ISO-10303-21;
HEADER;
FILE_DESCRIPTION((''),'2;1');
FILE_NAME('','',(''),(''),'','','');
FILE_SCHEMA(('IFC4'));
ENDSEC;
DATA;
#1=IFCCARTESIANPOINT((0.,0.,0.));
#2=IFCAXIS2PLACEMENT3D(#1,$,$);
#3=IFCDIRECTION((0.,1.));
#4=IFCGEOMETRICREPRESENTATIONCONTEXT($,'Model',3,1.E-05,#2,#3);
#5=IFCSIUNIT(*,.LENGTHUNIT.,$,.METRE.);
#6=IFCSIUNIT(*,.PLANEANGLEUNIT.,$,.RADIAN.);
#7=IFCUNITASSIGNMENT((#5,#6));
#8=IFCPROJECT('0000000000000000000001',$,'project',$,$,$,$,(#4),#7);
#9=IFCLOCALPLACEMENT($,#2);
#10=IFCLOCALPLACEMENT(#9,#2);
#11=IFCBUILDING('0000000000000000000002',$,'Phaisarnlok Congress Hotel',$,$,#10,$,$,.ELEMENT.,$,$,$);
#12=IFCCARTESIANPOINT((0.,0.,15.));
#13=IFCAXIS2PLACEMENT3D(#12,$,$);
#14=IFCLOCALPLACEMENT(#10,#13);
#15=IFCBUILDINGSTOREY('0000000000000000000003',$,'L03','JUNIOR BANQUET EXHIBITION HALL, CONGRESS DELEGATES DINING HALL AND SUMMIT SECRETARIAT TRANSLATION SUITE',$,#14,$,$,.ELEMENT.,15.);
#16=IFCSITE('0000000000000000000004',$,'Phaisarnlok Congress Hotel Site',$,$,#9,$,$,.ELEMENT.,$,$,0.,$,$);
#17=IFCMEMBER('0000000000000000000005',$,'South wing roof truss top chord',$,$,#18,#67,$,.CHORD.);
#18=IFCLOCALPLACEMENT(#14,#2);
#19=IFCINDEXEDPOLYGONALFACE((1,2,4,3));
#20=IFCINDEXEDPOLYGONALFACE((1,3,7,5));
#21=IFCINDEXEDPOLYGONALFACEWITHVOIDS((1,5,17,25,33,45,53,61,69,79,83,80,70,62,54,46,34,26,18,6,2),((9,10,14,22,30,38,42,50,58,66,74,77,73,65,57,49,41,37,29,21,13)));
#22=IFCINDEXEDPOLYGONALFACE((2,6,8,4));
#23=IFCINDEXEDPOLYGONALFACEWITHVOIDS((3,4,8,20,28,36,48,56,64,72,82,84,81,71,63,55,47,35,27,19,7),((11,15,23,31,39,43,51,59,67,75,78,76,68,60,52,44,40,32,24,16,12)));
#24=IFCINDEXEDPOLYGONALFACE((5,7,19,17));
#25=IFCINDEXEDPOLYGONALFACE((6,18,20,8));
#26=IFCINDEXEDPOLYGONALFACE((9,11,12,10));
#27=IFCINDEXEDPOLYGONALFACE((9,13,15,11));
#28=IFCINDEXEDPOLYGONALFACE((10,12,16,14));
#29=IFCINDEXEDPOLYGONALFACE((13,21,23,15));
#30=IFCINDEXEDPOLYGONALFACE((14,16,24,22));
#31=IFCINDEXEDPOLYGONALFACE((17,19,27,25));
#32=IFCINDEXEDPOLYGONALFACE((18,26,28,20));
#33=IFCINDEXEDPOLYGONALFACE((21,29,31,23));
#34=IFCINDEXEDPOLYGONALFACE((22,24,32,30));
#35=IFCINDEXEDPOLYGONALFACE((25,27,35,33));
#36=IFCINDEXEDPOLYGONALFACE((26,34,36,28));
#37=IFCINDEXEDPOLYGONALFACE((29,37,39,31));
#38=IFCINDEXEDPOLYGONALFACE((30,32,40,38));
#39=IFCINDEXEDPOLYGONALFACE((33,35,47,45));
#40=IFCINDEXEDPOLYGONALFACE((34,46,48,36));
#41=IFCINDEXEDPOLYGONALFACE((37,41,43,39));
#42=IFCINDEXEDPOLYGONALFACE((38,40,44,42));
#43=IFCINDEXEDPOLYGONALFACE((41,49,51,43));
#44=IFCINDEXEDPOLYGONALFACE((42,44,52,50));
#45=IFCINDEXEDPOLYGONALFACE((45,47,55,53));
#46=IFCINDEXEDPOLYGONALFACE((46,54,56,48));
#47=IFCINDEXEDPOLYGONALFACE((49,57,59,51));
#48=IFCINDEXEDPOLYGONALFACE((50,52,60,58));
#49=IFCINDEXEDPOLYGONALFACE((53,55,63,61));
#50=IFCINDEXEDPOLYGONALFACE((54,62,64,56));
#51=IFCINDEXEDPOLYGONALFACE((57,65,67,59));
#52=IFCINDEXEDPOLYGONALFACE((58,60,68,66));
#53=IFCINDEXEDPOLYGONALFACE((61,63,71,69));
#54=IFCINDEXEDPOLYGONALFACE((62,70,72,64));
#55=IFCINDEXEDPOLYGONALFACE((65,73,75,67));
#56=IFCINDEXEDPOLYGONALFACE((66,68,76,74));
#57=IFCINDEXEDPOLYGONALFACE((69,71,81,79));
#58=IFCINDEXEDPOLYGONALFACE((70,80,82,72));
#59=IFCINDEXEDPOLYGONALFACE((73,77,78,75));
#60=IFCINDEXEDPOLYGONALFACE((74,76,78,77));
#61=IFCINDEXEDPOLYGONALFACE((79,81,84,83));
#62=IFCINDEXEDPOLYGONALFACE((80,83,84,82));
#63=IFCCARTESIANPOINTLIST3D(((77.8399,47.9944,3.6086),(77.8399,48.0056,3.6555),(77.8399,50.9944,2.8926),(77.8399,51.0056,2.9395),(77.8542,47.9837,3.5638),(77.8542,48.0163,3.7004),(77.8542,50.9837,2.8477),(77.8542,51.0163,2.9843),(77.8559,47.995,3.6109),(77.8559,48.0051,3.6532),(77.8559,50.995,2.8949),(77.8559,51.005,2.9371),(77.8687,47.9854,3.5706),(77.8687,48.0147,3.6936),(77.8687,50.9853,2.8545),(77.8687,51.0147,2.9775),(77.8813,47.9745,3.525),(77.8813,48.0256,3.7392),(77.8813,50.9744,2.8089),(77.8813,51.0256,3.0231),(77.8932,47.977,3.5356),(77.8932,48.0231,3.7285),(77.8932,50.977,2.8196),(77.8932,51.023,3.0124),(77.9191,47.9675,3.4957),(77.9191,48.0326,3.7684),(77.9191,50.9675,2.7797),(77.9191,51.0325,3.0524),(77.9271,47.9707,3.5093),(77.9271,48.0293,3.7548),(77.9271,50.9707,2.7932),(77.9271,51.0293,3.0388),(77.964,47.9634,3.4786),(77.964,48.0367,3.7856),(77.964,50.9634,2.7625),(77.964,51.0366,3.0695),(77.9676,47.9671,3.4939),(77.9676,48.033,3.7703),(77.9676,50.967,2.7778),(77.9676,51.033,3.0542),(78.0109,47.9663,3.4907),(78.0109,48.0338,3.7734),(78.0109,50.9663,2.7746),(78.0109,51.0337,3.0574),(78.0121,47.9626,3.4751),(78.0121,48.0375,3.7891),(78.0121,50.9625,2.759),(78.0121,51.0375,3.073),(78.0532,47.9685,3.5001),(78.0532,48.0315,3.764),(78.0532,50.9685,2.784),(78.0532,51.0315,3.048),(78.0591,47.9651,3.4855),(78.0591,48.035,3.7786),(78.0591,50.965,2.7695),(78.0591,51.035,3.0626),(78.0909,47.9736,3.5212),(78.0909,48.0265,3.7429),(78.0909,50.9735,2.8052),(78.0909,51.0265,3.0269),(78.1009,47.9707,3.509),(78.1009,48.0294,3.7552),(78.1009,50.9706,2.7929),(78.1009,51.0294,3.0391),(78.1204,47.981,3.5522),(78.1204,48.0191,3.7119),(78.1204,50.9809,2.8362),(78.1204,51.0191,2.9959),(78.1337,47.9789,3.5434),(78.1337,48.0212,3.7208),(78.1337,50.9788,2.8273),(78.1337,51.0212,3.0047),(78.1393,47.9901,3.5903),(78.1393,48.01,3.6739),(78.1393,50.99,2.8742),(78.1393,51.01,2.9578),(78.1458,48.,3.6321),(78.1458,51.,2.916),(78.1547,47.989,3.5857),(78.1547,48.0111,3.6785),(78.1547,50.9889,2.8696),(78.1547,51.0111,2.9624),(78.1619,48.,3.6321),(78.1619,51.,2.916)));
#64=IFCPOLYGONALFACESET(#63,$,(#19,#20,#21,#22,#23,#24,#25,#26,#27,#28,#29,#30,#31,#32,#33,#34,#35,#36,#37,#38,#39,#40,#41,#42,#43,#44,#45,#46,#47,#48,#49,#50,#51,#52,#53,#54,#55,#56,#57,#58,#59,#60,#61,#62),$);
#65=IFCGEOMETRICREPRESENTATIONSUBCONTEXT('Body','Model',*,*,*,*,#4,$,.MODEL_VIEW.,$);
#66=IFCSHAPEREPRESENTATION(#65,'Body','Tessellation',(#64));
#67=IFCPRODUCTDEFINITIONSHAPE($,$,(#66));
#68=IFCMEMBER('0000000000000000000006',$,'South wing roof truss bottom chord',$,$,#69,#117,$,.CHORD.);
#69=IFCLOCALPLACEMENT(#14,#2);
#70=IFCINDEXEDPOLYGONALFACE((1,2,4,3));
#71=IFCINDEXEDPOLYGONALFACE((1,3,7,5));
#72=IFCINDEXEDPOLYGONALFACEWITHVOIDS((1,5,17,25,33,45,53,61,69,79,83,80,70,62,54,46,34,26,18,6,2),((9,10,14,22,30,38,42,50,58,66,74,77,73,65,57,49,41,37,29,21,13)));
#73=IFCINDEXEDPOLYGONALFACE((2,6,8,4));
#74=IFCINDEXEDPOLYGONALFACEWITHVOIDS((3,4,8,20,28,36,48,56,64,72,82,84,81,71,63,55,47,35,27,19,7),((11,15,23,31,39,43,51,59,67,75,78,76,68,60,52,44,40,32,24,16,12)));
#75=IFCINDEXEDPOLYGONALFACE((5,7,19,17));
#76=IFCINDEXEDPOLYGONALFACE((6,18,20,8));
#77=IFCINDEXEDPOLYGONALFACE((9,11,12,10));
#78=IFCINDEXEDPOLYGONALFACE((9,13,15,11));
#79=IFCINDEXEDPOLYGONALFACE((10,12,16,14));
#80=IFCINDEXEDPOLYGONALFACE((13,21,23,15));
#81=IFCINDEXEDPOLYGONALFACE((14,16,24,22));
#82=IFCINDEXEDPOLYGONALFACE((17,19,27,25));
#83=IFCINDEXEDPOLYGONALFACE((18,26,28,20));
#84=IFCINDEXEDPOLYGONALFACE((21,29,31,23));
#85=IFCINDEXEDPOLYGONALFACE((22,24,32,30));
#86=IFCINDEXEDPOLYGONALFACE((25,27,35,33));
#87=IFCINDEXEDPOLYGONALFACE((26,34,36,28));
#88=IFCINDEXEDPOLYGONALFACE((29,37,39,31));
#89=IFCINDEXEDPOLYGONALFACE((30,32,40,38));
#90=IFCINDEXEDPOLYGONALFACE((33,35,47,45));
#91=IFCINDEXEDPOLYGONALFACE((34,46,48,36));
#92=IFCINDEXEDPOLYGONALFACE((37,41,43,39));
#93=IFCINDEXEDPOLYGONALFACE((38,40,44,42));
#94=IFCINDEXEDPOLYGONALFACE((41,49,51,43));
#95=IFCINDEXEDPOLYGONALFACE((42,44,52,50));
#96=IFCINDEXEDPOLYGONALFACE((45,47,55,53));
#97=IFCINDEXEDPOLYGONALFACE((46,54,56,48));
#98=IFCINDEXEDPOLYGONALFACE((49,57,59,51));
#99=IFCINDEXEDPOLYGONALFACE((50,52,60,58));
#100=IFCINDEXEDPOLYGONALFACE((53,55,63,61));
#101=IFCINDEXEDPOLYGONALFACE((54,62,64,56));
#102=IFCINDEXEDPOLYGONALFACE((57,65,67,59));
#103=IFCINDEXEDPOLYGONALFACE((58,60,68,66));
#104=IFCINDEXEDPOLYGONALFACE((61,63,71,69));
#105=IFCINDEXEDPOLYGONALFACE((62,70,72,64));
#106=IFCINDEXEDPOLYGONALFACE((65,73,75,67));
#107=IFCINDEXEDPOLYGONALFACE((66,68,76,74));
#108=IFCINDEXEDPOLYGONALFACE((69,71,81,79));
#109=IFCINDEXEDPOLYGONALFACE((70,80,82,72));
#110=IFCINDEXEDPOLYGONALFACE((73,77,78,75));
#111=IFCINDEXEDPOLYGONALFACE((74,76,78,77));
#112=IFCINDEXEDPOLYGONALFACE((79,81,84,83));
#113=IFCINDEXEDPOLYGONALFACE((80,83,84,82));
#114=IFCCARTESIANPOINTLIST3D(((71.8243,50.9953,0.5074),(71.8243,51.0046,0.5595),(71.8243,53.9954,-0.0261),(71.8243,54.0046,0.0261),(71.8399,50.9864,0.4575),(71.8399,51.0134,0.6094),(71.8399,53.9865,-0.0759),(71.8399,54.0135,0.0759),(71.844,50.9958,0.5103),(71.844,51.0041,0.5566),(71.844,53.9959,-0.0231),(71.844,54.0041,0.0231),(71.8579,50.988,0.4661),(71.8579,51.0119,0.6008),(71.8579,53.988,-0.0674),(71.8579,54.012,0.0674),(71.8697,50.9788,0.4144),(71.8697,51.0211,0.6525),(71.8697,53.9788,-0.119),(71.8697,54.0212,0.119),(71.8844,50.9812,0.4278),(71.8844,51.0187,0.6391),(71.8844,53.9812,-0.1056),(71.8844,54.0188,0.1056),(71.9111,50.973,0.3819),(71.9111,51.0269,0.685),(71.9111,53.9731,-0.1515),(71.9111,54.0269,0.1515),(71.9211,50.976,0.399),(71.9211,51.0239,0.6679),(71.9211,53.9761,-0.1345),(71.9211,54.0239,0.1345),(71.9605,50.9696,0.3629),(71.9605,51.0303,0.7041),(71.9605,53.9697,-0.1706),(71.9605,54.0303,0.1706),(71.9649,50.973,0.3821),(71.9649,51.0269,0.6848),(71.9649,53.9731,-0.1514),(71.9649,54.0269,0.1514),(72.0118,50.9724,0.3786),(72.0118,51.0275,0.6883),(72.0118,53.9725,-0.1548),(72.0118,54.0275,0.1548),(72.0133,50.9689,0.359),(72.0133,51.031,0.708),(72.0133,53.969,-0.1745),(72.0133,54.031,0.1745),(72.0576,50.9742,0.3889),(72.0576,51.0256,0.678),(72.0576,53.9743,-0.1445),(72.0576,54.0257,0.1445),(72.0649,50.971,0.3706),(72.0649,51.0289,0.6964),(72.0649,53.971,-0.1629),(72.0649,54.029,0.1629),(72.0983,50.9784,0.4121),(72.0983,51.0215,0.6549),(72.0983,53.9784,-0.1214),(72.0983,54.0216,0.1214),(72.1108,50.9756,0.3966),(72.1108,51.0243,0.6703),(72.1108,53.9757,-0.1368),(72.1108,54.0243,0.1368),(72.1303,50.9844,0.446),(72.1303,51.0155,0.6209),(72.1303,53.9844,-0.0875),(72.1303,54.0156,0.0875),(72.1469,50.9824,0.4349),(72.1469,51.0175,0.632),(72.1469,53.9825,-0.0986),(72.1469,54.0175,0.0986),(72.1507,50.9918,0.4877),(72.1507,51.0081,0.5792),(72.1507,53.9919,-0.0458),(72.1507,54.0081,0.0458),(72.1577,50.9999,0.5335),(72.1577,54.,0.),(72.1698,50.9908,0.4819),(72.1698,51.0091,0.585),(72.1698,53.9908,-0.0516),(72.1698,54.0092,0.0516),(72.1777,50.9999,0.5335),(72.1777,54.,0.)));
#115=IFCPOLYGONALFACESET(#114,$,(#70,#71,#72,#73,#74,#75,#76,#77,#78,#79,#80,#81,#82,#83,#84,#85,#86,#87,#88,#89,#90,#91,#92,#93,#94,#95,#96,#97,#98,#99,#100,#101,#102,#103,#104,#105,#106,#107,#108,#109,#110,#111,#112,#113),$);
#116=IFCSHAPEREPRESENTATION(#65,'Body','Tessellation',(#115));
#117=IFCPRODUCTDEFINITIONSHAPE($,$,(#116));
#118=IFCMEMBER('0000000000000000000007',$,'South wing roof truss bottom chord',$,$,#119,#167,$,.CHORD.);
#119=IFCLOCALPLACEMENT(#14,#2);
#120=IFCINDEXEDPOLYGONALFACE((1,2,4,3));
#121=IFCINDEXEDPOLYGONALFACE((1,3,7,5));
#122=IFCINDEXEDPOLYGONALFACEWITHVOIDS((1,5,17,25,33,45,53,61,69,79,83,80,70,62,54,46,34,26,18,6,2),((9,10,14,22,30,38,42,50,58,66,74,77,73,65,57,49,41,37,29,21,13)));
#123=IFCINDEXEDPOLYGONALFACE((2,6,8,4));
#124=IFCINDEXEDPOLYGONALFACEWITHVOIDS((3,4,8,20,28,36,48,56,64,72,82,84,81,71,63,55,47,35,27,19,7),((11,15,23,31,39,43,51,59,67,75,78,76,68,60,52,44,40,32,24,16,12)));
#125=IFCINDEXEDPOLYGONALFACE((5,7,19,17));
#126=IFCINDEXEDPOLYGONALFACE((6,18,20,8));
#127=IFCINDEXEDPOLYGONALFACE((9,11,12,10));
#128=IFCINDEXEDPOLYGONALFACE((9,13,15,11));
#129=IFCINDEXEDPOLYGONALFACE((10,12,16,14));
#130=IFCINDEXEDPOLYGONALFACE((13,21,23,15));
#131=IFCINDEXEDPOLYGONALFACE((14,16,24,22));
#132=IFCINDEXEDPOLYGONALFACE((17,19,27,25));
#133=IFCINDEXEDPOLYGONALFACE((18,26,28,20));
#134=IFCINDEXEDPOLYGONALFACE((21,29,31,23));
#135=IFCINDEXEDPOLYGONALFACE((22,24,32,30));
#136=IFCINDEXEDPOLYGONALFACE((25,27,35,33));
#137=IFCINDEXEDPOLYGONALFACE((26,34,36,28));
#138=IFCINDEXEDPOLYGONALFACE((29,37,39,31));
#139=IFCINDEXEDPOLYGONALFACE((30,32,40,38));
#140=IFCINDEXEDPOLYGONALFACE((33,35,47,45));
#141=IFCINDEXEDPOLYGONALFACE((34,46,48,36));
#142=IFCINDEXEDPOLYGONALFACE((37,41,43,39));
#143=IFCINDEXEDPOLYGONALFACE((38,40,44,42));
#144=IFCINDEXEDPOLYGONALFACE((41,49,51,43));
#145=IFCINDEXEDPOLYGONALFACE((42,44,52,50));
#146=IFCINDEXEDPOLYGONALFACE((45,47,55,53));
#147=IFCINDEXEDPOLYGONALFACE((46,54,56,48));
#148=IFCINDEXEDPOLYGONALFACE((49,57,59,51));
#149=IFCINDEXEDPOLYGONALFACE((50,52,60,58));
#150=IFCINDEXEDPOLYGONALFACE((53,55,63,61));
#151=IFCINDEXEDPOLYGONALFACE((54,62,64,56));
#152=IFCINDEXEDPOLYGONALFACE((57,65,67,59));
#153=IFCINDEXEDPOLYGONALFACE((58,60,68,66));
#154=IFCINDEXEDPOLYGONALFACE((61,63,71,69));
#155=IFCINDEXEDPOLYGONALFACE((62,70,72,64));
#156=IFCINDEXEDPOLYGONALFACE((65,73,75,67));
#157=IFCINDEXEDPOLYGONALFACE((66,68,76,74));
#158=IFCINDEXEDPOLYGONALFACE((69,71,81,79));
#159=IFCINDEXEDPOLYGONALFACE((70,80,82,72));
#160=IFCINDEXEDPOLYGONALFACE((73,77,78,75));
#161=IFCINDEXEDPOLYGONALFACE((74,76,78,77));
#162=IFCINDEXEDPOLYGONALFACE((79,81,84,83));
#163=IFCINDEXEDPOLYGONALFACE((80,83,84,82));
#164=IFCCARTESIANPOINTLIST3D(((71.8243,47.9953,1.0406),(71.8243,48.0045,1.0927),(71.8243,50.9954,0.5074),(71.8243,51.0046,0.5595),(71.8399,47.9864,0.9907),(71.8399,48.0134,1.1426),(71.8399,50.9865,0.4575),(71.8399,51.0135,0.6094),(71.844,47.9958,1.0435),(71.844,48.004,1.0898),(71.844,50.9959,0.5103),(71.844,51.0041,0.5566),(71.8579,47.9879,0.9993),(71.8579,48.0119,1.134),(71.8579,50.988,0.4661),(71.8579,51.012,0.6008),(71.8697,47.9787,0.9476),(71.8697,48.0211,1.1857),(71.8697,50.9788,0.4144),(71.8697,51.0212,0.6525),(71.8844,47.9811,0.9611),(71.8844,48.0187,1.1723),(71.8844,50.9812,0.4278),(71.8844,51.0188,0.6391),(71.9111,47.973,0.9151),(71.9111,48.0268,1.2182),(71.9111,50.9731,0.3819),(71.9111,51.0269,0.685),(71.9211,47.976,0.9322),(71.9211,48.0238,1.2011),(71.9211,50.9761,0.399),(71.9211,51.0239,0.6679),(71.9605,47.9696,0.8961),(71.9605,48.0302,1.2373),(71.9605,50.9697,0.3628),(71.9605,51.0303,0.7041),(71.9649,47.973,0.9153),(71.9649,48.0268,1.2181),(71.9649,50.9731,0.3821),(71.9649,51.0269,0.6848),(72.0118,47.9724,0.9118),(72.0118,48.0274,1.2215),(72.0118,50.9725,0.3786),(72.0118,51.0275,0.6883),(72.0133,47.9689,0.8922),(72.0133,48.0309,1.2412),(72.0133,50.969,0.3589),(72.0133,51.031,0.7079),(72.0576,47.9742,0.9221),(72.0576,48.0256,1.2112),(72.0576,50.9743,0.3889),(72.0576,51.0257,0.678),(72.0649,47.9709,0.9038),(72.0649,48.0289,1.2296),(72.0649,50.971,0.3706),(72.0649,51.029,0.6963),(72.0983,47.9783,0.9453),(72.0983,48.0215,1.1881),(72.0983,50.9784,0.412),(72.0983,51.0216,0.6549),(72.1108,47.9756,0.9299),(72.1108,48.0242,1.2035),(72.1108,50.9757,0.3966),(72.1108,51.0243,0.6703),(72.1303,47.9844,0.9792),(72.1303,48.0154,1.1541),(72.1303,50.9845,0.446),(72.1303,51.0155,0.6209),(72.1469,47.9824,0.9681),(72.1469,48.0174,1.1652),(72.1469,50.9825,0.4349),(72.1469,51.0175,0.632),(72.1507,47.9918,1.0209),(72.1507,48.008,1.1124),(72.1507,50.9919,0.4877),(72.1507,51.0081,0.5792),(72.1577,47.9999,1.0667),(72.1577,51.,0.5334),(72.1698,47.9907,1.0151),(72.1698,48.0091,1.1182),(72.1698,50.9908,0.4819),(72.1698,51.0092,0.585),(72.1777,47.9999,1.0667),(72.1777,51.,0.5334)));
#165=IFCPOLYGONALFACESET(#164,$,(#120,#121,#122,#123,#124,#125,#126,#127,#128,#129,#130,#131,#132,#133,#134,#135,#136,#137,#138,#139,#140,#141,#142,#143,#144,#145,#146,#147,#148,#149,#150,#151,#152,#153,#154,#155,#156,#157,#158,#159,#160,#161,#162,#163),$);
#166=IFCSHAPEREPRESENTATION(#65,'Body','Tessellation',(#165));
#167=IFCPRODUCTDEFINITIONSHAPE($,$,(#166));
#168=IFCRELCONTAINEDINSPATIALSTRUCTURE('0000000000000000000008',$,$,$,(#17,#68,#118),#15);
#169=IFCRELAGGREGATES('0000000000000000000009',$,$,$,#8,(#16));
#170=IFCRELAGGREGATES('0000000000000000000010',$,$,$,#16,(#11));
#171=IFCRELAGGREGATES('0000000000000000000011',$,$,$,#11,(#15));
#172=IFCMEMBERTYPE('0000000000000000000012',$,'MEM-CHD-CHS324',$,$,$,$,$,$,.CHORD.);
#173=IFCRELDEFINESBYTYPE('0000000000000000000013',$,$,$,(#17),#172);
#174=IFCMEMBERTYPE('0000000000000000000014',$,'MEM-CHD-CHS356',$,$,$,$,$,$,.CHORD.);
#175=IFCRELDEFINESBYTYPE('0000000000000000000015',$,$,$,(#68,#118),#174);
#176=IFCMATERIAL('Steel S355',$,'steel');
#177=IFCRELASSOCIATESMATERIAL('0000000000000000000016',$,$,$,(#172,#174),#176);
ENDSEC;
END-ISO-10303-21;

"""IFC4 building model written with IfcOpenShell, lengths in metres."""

from ifc_helpers import new_model, si_unit, direction, frame, origin, origin_2d, place, context, subcontext, project, spatial, hollow_circle, extrude, material, material_profile, profile_set, type_object, element, save


model = new_model("IFC4")

# Units and contexts
model_context = context("Model", 3, precision=1e-05, world=origin(), true_north=direction((0.0, 1.0)))
body_context = subcontext(model_context, "Body", "Model", "MODEL_VIEW")
ifc_project = project(units=[si_unit("LENGTHUNIT", "METRE"), si_unit("PLANEANGLEUNIT", "RADIAN")], contexts=[model_context])

# Site, building, storey
site_placement = place(None, origin())
site = spatial("IfcSite", under=ifc_project, at=site_placement, Name="Phaisarnlok Congress Hotel Site", CompositionType="ELEMENT", RefElevation=0.0)
building_placement = place(site_placement, origin())
building = spatial("IfcBuilding", under=site, at=building_placement, Name="Phaisarnlok Congress Hotel", CompositionType="ELEMENT")
storey_placement = place(building_placement, frame((0.0, 0.0, 15.0)))
storey = spatial("IfcBuildingStorey", under=building, at=storey_placement, Name="L03", Description="JUNIOR BANQUET EXHIBITION HALL, CONGRESS DELEGATES DINING HALL AND SUMMIT SECRETARIAT TRANSLATION SUITE", CompositionType="ELEMENT", Elevation=15.0)

# Shared definitions
ifc_material_1 = material(Name="Steel S355", Category="steel")

# Members
ifc_material_profile_1 = material_profile(ifc_material_1, hollow_circle(Radius=0.1619, WallThickness=0.0161, at=origin_2d()), Name="CHS 323.9x16")
ifc_profile_set_1 = profile_set([ifc_material_profile_1], Name="Steel S355")
member_type_1 = type_object("IfcMemberType", Name="MEM-CHD-CHS324", PredefinedType="CHORD", material=ifc_profile_set_1)
for number, where, z_axis, x_axis, name in (
    (1, (78.0, 51.0, 2.916), (0.0, -0.972676, 0.232166), (1.0, 0.0, 0.0), "South wing roof truss top chord"),
):
    element("IfcMember", number, at=place(storey_placement, frame(where, z_axis=z_axis, x_axis=x_axis)), inside=storey, type_object=member_type_1, Name=name, PredefinedType="CHORD", context=body_context, shape_type="SweptSolid", body=[
        extrude(hollow_circle(Radius=0.1619, WallThickness=0.0161, at=origin_2d()), origin(), (0.0, 0.0, 1.0), 3.0842),
    ])
ifc_material_profile_2 = material_profile(ifc_material_1, hollow_circle(Radius=0.1777, WallThickness=0.02, at=origin_2d()), Name="CHS 355.6x20")
ifc_profile_set_2 = profile_set([ifc_material_profile_2], Name="Steel S355")
member_type_2 = type_object("IfcMemberType", Name="MEM-CHD-CHS356", PredefinedType="CHORD", material=ifc_profile_set_2)
for number, where, z_axis, x_axis, name in (
    (2, (72.0, 54.0, 0.0), (0.0, -0.984556, 0.17507), (1.0, 0.0, 0.0), "South wing roof truss bottom chord"),
    (3, (72.0, 51.0, 0.5334), (0.0, -0.98457, 0.174992), (1.0, 0.0, 0.0), "South wing roof truss bottom chord"),
):
    element("IfcMember", number, at=place(storey_placement, frame(where, z_axis=z_axis, x_axis=x_axis)), inside=storey, type_object=member_type_2, Name=name, PredefinedType="CHORD", context=body_context, shape_type="SweptSolid", body=[
        extrude(hollow_circle(Radius=0.1777, WallThickness=0.02, at=origin_2d()), origin(), (0.0, 0.0, 1.0), 3.0471),
    ])

save(model, "model.ifc")
